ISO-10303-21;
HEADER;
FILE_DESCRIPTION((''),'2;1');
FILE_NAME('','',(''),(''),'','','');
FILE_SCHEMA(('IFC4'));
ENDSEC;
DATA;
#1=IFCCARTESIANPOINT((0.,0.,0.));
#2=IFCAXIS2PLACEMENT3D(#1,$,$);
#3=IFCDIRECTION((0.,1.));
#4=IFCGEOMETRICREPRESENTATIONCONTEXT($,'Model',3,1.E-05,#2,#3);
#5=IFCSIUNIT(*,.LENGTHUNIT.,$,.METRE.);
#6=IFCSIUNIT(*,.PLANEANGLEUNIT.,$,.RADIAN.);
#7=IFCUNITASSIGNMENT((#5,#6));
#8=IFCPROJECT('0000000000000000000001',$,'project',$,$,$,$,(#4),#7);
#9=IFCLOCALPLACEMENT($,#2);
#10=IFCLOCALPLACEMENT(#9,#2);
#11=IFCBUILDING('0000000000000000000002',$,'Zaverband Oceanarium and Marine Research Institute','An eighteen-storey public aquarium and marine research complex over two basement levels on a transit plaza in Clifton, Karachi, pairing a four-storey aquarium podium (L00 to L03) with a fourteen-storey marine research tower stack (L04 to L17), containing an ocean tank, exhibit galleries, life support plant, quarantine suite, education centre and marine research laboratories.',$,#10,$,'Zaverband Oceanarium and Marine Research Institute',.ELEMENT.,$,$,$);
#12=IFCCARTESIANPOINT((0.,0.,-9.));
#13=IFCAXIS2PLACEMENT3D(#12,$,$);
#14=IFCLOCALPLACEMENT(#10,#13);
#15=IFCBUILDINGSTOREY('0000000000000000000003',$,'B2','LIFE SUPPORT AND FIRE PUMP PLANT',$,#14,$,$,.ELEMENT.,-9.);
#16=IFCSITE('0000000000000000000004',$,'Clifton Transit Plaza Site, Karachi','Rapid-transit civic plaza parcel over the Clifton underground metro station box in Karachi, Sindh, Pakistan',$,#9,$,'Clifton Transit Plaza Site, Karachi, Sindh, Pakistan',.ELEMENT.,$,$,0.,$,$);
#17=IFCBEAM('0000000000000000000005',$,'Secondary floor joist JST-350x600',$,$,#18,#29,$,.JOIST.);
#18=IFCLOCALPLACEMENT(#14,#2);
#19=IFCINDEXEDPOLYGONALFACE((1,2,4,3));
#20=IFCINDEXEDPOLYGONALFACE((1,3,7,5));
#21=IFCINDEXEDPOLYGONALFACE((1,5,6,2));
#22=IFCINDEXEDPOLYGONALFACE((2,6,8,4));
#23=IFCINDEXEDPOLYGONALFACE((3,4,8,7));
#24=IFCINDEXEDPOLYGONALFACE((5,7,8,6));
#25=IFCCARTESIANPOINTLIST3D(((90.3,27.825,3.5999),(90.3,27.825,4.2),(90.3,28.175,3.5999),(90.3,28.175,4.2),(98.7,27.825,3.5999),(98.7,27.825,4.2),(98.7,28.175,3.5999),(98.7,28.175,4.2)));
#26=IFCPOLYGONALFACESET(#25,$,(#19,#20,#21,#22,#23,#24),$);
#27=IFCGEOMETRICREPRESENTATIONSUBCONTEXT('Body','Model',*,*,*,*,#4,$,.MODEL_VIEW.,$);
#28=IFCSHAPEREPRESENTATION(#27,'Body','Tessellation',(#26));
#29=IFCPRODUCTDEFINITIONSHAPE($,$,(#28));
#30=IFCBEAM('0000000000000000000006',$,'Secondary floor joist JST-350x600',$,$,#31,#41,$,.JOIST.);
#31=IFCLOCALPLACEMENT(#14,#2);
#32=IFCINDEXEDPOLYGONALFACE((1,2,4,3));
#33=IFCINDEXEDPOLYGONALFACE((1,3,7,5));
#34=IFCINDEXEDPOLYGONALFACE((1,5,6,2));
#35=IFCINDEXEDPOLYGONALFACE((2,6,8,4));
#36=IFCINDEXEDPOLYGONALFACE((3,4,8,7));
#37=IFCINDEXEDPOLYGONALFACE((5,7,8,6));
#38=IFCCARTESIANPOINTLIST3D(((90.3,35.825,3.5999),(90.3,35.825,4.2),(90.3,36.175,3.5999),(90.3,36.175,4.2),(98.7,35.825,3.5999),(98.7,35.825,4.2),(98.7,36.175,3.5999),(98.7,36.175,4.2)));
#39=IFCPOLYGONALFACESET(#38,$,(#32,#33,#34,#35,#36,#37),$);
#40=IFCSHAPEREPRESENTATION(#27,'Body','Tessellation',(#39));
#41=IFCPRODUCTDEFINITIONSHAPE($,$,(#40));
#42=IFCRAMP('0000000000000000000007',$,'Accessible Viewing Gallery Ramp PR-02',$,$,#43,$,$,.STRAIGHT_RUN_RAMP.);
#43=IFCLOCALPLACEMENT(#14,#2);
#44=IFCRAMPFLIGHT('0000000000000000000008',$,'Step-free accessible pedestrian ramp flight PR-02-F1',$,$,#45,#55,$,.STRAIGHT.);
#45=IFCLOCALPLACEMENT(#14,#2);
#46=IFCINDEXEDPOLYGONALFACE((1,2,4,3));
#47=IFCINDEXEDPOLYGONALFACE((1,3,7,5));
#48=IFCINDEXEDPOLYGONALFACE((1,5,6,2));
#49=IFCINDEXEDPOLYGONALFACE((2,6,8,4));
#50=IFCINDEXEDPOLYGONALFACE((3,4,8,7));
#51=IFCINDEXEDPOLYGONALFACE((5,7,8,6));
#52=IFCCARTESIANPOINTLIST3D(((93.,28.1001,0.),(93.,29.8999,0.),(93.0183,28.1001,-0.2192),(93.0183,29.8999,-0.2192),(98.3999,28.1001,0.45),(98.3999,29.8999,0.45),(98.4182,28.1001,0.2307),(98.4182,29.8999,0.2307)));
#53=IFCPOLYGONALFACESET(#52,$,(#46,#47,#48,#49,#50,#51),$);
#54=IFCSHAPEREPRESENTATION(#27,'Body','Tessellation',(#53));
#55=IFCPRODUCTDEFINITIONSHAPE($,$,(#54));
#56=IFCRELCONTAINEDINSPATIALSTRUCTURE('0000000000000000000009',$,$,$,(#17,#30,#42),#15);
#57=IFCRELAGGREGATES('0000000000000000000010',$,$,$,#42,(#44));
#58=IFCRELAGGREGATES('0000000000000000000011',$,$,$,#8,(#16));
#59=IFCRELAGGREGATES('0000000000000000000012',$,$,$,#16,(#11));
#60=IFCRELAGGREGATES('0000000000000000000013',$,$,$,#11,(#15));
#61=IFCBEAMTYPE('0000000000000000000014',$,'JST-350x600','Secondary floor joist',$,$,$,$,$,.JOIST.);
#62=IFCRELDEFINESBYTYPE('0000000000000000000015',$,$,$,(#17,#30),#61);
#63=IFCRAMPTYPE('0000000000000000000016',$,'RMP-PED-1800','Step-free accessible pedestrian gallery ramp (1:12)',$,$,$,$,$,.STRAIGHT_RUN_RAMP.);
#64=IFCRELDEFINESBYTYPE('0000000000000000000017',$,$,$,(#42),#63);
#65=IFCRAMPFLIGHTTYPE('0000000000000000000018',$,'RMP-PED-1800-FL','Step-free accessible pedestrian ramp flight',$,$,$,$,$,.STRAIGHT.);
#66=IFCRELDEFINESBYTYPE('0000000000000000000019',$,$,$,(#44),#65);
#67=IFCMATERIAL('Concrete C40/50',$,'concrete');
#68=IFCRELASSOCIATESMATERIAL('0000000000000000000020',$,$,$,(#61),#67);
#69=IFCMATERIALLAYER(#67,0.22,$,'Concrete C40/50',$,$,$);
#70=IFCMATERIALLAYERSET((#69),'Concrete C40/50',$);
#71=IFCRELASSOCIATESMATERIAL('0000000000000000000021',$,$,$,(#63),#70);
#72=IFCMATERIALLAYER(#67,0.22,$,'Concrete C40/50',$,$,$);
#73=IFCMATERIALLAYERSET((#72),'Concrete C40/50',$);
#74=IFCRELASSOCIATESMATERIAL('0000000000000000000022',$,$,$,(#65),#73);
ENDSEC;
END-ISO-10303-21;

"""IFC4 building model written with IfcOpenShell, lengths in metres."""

from ifc_helpers import new_model, si_unit, direction, frame, origin, origin_2d, place, context, subcontext, project, spatial, polyline, rectangle, outline, extrude, material, layer, layer_set, material_profile, profile_set, type_object, element, aggregate, save


model = new_model("IFC4")

# Units and contexts
model_context = context("Model", 3, precision=1e-05, world=origin(), true_north=direction((0.0, 1.0)))
body_context = subcontext(model_context, "Body", "Model", "MODEL_VIEW")
ifc_project = project(units=[si_unit("LENGTHUNIT", "METRE"), si_unit("PLANEANGLEUNIT", "RADIAN")], contexts=[model_context])

# Site, building, storey
site_placement = place(None, origin())
site = spatial("IfcSite", under=ifc_project, at=site_placement, Name="Clifton Transit Plaza Site, Karachi", Description="Rapid-transit civic plaza parcel over the Clifton underground metro station box in Karachi, Sindh, Pakistan", LongName="Clifton Transit Plaza Site, Karachi, Sindh, Pakistan", CompositionType="ELEMENT", RefElevation=0.0)
building_placement = place(site_placement, origin())
building = spatial("IfcBuilding", under=site, at=building_placement, Name="Zaverband Oceanarium and Marine Research Institute", Description="An eighteen-storey public aquarium and marine research complex over two basement levels on a transit plaza in Clifton, Karachi, pairing a four-storey aquarium podium (L00 to L03) with a fourteen-storey marine research tower stack (L04 to L17), containing an ocean tank, exhibit galleries, life support plant, quarantine suite, education centre and marine research laboratories.", LongName="Zaverband Oceanarium and Marine Research Institute", CompositionType="ELEMENT")
storey_placement = place(building_placement, frame((0.0, 0.0, -9.0)))
storey = spatial("IfcBuildingStorey", under=building, at=storey_placement, Name="B2", Description="LIFE SUPPORT AND FIRE PUMP PLANT", CompositionType="ELEMENT", Elevation=-9.0)

# Beams
ifc_material_1 = material(Name="Concrete C40/50", Category="concrete")
ifc_material_profile_1 = material_profile(ifc_material_1, rectangle(XDim=0.3501, YDim=0.6001, at=origin_2d()), Name="RC350x600")
ifc_profile_set_1 = profile_set([ifc_material_profile_1], Name="Concrete C40/50")
beam_type_1 = type_object("IfcBeamType", Name="JST-350x600", Description="Secondary floor joist", PredefinedType="JOIST", material=ifc_profile_set_1)
for number, where, z_axis, x_axis, name in (
    (1, (90.3, 28.0, 3.8999), (1.0, 0.0, 0.0), (0.0, 1.0, 0.0), "Secondary floor joist JST-350x600"),
    (2, (90.3, 36.0, 3.8999), (1.0, 0.0, 0.0), (0.0, 1.0, 0.0), "Secondary floor joist JST-350x600"),
):
    element("IfcBeam", number, at=place(storey_placement, frame(where, z_axis=z_axis, x_axis=x_axis)), inside=storey, type_object=beam_type_1, Name=name, PredefinedType="JOIST", context=body_context, shape_type="SweptSolid", body=[
        extrude(rectangle(XDim=0.3501, YDim=0.6001, at=origin_2d()), origin(), (0.0, 0.0, 1.0), 8.3999),
    ])

# Ramp, ramp flight
ifc_layer_1 = layer(ifc_material_1, 0.22, Name="Concrete C40/50")
ifc_layer_set_1 = layer_set([ifc_layer_1], Name="Concrete C40/50")
ramp_type = type_object("IfcRampType", Name="RMP-PED-1800", Description="Step-free accessible pedestrian gallery ramp (1:12)", PredefinedType="STRAIGHT_RUN_RAMP", material=ifc_layer_set_1)
ramp_placement = place(storey_placement, origin())
ramp = element("IfcRamp", 3, at=ramp_placement, inside=storey, type_object=ramp_type, Name="Accessible Viewing Gallery Ramp PR-02", PredefinedType="STRAIGHT_RUN_RAMP")
ifc_layer_2 = layer(ifc_material_1, 0.22, Name="Concrete C40/50")
ifc_layer_set_2 = layer_set([ifc_layer_2], Name="Concrete C40/50")
ramp_flight_type = type_object("IfcRampFlightType", Name="RMP-PED-1800-FL", Description="Step-free accessible pedestrian ramp flight", PredefinedType="STRAIGHT", material=ifc_layer_set_2)
ramp_flight_placement = place(storey_placement, frame((93.0, 28.1001, 0.0), z_axis=(-0.083038, 0.0, 0.996546), x_axis=(0.0, 1.0, 0.0)))
ramp_flight = element("IfcRampFlight", 4, at=ramp_flight_placement, type_object=ramp_flight_type, Name="Step-free accessible pedestrian ramp flight PR-02-F1", PredefinedType="STRAIGHT", context=body_context, shape_type="SweptSolid", body=[
    extrude(outline(polyline([(0.0, 0.0), (1.7998, 0.0), (1.7998, -5.4186), (0.0, -5.4186), (0.0, 0.0)])), origin(), (0.0, 0.0, -1.0), 0.22),
])
aggregate(ramp, [ramp_flight])

save(model, "model.ifc")
